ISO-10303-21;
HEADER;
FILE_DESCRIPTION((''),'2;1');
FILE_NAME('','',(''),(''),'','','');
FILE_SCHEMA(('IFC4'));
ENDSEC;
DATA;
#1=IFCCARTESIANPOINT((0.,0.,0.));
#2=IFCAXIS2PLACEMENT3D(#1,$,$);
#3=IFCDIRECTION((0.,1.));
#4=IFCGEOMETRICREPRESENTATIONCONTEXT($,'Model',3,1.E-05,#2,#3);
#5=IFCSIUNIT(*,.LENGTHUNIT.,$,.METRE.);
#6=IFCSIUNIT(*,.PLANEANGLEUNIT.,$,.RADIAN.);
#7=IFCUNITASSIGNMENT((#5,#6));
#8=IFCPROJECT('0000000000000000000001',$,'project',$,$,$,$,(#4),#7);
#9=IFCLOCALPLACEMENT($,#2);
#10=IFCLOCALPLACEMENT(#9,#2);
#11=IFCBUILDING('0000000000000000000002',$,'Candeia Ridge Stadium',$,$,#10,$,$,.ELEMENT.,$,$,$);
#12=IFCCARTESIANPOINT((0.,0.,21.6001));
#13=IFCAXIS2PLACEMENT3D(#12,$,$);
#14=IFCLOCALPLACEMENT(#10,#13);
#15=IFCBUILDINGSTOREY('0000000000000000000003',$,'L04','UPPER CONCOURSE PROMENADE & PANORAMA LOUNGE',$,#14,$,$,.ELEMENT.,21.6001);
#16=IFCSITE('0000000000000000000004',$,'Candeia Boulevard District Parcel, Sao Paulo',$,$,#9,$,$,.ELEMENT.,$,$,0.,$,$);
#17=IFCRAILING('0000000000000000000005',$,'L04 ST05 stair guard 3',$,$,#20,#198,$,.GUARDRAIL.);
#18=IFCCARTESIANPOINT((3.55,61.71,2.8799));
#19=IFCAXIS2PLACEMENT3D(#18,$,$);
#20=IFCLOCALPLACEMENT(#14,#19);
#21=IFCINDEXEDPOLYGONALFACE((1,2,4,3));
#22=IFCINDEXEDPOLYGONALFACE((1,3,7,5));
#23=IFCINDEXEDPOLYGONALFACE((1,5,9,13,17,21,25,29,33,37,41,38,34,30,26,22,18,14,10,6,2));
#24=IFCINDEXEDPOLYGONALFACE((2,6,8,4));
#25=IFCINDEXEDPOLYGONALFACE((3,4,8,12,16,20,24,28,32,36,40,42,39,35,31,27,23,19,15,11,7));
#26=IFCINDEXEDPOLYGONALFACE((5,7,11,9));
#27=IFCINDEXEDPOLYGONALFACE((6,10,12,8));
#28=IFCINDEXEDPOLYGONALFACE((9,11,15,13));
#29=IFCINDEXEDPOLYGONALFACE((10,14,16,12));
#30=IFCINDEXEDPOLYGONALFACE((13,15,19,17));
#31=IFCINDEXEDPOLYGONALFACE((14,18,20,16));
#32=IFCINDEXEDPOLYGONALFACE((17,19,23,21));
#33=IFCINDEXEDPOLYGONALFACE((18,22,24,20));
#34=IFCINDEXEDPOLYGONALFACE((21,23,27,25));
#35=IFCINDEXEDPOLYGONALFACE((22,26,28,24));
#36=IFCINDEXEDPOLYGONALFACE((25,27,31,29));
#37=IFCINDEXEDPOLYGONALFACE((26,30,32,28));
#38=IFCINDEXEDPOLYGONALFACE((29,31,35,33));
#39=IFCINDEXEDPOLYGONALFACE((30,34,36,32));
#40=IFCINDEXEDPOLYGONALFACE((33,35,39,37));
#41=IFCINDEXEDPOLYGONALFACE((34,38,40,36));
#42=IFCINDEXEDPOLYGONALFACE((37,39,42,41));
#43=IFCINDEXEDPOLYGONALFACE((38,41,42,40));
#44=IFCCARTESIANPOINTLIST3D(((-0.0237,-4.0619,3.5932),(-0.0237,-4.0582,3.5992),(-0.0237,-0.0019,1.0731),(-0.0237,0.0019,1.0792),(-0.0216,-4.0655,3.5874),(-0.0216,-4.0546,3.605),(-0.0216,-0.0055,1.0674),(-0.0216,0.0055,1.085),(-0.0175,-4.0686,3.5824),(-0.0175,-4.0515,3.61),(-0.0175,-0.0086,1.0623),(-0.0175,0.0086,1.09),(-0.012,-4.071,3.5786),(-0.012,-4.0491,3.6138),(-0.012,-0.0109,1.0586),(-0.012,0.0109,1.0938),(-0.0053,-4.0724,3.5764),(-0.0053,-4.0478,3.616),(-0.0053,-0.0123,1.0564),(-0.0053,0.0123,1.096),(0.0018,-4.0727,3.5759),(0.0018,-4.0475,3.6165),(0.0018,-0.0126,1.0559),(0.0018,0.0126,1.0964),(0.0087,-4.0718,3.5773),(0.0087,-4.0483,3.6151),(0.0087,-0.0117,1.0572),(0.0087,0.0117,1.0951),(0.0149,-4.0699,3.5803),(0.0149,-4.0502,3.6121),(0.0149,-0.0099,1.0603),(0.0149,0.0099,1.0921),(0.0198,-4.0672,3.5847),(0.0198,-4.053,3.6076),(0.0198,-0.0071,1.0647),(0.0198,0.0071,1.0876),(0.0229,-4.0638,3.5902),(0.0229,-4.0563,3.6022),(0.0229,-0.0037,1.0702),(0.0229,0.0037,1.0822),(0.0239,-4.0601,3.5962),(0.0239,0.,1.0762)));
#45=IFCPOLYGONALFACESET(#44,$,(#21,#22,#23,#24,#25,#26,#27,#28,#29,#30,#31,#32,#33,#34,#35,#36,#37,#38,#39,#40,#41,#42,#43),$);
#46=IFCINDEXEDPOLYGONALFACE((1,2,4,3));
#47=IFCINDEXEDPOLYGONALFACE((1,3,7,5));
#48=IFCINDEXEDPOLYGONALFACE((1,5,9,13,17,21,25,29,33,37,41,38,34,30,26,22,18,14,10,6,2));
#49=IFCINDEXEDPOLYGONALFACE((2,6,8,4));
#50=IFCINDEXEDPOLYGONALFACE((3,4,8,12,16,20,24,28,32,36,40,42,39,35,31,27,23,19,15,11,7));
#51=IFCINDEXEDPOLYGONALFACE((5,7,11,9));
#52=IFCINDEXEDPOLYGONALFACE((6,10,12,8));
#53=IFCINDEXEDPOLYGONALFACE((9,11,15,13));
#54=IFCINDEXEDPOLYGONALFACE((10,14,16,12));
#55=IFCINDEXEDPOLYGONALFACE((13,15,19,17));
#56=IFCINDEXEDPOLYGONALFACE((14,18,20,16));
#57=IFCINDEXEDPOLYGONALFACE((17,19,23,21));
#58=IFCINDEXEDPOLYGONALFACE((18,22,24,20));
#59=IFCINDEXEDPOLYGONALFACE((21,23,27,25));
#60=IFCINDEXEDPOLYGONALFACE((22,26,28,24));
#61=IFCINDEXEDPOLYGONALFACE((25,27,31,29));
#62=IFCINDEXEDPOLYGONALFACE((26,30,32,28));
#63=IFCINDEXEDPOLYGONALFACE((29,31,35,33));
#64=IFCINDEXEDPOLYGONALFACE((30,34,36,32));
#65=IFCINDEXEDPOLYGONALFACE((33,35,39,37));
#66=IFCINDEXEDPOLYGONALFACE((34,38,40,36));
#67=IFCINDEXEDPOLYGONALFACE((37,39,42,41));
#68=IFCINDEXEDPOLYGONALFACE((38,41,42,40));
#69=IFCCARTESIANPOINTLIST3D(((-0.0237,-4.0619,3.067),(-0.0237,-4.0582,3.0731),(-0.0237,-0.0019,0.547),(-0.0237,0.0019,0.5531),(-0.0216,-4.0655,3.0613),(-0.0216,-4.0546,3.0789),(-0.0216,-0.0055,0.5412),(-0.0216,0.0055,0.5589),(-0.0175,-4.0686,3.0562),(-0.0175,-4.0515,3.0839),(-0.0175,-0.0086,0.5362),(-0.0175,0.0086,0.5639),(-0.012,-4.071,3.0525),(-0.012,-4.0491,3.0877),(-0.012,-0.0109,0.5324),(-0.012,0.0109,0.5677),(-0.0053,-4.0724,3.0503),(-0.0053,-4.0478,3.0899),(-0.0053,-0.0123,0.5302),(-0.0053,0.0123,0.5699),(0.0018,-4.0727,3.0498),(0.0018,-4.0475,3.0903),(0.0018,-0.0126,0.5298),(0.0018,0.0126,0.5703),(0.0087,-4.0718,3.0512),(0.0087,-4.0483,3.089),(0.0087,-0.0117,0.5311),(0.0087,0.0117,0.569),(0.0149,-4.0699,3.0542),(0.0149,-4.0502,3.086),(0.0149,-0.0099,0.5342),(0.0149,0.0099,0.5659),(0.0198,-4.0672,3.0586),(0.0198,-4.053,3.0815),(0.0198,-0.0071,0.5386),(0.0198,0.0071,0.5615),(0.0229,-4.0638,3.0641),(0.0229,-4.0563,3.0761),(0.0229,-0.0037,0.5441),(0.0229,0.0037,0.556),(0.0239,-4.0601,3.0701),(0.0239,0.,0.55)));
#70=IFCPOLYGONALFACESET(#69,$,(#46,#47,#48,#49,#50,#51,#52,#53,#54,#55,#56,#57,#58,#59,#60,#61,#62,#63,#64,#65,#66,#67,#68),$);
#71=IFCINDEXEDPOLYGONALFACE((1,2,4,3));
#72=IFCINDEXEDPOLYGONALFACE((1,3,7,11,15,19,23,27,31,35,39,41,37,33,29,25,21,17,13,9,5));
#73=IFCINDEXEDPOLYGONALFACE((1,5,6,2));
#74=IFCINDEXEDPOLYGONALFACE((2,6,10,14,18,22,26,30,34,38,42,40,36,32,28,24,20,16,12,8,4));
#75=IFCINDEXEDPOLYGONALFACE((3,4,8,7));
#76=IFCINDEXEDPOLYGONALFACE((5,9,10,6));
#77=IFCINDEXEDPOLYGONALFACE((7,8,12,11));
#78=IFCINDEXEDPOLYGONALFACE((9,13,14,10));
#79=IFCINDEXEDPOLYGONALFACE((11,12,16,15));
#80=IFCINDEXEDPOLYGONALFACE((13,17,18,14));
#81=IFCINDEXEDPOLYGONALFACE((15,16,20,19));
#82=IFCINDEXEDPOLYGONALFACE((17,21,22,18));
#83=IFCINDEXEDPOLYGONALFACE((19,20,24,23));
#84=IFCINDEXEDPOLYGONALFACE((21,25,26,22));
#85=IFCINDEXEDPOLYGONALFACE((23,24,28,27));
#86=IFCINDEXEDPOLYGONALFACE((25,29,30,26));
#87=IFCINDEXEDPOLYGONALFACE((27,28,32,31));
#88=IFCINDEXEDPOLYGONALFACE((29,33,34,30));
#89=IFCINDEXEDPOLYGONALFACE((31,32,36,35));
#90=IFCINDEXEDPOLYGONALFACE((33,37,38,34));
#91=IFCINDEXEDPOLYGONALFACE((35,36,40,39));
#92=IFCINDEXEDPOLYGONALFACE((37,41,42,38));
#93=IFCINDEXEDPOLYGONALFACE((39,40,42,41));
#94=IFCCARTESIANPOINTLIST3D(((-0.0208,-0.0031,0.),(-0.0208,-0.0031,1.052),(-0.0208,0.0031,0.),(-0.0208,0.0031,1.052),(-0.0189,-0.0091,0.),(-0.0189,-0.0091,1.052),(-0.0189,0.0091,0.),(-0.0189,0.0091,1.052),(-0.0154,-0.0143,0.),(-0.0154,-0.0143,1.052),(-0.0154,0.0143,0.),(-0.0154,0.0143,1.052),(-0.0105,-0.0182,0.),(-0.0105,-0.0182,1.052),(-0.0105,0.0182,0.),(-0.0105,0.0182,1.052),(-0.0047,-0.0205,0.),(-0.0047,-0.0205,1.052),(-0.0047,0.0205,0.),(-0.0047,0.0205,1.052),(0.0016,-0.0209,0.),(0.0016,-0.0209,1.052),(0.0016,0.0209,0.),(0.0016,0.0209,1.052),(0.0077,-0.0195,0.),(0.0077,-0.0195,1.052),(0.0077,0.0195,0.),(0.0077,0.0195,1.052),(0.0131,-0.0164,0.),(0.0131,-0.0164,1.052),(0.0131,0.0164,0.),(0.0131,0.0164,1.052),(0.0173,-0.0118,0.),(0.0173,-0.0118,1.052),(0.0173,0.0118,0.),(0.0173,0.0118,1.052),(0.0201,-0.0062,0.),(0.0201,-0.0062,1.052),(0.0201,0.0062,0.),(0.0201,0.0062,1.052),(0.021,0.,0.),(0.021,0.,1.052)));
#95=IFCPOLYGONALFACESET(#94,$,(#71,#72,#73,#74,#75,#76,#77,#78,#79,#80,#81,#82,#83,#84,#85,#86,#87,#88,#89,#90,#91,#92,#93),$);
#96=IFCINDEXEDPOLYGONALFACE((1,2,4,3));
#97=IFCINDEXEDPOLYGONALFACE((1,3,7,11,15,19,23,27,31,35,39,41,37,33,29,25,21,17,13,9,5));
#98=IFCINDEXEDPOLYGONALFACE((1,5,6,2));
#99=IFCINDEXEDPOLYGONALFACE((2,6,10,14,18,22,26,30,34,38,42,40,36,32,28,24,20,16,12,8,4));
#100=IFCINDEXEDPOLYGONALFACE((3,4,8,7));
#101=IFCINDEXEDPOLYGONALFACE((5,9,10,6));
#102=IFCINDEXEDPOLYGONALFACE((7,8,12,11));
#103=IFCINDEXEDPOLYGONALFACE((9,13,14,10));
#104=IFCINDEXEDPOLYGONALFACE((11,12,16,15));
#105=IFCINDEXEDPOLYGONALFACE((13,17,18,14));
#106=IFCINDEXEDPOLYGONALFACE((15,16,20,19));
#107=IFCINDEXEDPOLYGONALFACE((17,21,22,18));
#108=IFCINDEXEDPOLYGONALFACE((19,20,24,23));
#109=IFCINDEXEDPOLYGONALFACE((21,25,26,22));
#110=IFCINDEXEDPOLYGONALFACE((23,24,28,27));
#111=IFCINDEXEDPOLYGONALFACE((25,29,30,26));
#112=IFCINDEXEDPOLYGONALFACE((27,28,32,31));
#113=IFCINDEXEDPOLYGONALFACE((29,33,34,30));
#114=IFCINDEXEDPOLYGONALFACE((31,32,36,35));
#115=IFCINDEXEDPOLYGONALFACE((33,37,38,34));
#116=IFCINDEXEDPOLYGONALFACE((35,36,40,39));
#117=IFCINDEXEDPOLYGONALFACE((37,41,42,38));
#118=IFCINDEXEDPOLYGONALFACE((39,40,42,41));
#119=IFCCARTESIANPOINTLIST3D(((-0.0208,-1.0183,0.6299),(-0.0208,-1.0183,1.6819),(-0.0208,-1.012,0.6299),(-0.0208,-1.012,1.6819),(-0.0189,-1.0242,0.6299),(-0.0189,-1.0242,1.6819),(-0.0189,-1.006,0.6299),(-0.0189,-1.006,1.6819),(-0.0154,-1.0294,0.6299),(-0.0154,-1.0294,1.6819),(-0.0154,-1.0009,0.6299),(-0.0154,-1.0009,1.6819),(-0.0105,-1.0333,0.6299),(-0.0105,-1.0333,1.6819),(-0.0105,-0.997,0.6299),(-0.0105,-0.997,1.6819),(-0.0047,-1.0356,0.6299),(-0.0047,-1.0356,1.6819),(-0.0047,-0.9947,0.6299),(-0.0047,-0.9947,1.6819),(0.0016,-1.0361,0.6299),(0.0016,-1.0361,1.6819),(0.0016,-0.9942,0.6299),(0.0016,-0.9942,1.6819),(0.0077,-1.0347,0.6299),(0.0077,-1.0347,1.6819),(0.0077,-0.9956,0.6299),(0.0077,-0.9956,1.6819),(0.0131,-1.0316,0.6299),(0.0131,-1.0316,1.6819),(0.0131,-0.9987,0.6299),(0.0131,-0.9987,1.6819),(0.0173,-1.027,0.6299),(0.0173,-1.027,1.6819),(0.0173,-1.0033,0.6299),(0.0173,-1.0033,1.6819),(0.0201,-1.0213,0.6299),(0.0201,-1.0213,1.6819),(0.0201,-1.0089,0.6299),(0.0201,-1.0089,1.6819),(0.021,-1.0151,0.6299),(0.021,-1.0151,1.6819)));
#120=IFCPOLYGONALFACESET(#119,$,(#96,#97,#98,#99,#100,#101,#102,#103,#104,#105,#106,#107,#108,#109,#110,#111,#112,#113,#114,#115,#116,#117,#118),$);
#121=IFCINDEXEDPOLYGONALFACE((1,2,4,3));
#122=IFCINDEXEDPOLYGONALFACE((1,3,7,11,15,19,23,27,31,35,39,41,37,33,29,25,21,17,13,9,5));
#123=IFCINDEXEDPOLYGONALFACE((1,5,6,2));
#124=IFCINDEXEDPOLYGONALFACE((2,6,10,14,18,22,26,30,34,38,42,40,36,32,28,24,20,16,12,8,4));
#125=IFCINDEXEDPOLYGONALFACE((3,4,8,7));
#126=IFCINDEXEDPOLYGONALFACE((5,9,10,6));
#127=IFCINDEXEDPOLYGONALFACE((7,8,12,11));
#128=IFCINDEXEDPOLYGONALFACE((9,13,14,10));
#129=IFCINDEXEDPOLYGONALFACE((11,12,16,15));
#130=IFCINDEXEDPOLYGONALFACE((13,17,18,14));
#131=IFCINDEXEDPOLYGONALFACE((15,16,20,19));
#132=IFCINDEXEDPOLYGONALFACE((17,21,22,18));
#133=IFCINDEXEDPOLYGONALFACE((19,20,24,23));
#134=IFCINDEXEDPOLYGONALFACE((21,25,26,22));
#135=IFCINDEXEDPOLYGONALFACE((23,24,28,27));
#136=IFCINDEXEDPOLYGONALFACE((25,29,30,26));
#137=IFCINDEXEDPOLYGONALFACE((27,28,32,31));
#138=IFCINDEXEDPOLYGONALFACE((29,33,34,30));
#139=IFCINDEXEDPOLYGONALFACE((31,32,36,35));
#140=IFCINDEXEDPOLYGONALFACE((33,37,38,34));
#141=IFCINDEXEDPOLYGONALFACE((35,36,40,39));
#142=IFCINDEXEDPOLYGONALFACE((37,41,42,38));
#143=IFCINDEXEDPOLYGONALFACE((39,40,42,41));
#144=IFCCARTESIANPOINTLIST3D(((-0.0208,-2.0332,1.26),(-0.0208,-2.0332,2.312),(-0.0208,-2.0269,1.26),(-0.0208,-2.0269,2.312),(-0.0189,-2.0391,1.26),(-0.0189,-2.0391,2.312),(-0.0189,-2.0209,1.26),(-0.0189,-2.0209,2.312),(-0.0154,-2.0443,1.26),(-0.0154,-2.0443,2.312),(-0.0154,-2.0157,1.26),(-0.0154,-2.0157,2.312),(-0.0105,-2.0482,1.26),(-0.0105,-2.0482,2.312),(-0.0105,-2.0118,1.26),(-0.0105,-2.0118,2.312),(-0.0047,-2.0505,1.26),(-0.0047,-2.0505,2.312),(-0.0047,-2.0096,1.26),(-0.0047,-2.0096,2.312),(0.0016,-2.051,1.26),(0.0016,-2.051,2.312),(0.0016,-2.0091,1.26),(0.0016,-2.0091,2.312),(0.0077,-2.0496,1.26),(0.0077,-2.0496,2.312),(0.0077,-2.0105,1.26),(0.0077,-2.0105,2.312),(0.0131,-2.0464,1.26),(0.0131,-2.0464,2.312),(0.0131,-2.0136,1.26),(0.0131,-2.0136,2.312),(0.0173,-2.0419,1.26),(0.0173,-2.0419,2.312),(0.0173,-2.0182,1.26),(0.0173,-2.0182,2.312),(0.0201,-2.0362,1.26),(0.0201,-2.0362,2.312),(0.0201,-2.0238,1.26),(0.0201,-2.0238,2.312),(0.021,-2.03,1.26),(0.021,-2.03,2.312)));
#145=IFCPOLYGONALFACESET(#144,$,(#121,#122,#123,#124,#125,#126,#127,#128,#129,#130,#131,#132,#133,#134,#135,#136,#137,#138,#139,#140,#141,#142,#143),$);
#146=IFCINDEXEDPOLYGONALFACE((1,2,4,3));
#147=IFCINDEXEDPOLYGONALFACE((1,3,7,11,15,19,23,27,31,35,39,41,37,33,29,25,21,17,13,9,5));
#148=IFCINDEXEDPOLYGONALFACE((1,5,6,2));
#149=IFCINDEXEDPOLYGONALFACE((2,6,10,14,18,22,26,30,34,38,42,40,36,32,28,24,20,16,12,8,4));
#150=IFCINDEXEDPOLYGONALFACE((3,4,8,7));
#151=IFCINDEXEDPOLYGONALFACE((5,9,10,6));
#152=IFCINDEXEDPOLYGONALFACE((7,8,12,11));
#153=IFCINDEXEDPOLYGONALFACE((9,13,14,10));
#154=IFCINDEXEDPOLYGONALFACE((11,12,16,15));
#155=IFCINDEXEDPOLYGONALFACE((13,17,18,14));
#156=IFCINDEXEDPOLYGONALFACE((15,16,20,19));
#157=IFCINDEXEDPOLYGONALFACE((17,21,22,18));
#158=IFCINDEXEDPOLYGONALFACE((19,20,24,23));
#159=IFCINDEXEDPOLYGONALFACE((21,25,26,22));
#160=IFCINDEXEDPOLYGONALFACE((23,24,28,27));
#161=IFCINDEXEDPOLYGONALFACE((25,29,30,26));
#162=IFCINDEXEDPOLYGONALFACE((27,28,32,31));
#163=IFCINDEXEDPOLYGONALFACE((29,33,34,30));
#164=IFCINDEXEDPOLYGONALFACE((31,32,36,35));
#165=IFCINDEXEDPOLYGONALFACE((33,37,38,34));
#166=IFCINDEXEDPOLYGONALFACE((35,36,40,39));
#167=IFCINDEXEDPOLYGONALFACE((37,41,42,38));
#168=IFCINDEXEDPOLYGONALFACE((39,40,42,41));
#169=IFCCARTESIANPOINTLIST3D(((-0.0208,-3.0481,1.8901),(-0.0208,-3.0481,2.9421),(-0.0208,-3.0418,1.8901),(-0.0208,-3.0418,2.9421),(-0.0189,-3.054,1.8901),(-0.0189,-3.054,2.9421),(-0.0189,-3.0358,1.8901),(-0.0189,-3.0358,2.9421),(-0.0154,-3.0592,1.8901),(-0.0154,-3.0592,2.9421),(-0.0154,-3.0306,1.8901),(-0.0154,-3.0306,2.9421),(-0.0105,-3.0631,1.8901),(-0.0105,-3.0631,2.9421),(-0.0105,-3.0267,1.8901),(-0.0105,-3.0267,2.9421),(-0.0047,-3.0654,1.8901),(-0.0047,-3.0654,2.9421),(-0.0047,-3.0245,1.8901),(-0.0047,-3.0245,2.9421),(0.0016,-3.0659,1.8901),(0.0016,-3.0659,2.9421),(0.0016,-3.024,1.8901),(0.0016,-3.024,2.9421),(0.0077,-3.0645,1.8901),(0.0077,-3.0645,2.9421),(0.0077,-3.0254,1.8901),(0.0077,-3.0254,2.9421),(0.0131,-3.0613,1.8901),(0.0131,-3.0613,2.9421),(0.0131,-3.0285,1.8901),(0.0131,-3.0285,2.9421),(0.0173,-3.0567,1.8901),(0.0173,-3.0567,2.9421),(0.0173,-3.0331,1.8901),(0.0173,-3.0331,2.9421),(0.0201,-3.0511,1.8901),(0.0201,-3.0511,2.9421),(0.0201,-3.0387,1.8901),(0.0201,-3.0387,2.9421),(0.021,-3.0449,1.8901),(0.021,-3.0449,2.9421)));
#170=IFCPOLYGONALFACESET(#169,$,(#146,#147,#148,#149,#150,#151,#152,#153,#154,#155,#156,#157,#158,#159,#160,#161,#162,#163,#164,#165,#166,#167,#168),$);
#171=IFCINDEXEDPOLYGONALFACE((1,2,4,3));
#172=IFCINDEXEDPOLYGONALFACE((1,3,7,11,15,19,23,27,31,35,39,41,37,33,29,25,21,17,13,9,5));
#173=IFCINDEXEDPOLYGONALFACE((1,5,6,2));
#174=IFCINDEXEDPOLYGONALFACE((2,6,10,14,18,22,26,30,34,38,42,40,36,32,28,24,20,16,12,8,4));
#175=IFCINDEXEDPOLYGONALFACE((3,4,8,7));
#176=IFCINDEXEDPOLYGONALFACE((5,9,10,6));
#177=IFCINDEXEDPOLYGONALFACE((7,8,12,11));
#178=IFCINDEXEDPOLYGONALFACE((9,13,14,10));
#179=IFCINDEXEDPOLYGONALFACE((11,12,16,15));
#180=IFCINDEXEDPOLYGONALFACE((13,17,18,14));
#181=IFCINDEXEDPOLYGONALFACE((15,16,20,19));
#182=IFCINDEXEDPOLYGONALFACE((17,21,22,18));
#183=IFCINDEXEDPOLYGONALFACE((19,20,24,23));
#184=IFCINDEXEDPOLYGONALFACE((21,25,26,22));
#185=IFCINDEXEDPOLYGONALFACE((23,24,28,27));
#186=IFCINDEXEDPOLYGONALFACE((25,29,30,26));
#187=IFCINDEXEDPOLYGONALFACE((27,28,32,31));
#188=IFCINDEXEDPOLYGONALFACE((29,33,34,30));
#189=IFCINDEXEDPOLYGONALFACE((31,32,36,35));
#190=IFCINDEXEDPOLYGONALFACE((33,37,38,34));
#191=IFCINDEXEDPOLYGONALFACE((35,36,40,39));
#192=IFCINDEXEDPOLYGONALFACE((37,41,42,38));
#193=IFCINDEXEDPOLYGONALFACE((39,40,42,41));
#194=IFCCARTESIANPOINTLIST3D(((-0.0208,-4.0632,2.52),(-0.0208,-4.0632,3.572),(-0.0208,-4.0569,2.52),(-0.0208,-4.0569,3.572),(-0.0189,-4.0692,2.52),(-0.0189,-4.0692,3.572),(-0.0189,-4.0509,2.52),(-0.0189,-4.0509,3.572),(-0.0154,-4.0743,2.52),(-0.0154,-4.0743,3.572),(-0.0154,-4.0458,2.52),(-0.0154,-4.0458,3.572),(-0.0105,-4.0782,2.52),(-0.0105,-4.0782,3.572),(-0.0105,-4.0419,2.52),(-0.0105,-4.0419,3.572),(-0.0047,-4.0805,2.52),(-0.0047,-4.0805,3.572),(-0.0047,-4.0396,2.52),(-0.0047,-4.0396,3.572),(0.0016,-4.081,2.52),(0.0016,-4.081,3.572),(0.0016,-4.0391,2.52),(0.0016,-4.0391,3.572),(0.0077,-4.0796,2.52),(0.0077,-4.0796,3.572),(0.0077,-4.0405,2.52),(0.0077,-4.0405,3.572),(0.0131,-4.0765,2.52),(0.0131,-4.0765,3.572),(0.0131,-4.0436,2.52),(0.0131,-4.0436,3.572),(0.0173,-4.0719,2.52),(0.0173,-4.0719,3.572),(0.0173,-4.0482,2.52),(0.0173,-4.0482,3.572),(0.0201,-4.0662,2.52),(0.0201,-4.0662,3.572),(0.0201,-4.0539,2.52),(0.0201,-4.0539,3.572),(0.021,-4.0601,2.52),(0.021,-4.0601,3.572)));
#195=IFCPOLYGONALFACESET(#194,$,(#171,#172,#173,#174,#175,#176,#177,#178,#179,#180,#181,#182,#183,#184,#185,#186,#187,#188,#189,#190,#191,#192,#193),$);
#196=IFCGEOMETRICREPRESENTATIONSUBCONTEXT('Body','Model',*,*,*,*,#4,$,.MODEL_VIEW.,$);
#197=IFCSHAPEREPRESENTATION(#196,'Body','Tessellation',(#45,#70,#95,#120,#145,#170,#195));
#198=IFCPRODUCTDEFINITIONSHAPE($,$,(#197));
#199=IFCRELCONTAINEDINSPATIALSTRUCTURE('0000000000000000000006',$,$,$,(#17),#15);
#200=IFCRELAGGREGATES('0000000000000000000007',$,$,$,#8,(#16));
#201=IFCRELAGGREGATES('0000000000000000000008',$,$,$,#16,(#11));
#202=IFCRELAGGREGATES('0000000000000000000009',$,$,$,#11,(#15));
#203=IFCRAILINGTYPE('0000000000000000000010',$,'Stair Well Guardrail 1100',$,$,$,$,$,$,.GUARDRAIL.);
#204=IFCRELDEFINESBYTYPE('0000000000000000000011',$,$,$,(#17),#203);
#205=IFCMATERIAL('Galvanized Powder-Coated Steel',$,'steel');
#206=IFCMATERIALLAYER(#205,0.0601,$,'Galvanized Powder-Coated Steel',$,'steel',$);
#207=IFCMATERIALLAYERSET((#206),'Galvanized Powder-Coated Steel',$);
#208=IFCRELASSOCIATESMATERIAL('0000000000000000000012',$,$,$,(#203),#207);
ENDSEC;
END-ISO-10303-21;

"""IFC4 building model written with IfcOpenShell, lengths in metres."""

from ifc_helpers import new_model, si_unit, direction, frame, origin, origin_2d, place, context, subcontext, project, spatial, circle, extrude, material, layer, layer_set, type_object, element, save


model = new_model("IFC4")

# Units and contexts
model_context = context("Model", 3, precision=1e-05, world=origin(), true_north=direction((0.0, 1.0)))
body_context = subcontext(model_context, "Body", "Model", "MODEL_VIEW")
ifc_project = project(units=[si_unit("LENGTHUNIT", "METRE"), si_unit("PLANEANGLEUNIT", "RADIAN")], contexts=[model_context])

# Site, building, storey
site_placement = place(None, origin())
site = spatial("IfcSite", under=ifc_project, at=site_placement, Name="Candeia Boulevard District Parcel, Sao Paulo", CompositionType="ELEMENT", RefElevation=0.0)
building_placement = place(site_placement, origin())
building = spatial("IfcBuilding", under=site, at=building_placement, Name="Candeia Ridge Stadium", CompositionType="ELEMENT")
storey_placement = place(building_placement, frame((0.0, 0.0, 21.6001)))
storey = spatial("IfcBuildingStorey", under=building, at=storey_placement, Name="L04", Description="UPPER CONCOURSE PROMENADE & PANORAMA LOUNGE", CompositionType="ELEMENT", Elevation=21.6001)

# Railing
ifc_material_1 = material(Name="Galvanized Powder-Coated Steel", Category="steel")
ifc_layer_1 = layer(ifc_material_1, 0.0601, Name="Galvanized Powder-Coated Steel", Category="steel")
ifc_layer_set_1 = layer_set([ifc_layer_1], Name="Galvanized Powder-Coated Steel")
railing_type_1 = type_object("IfcRailingType", Name="Stair Well Guardrail 1100", PredefinedType="GUARDRAIL", material=ifc_layer_set_1)
railing_1_placement = place(storey_placement, frame((3.55, 61.71, 2.8799)))
element("IfcRailing", 1, at=railing_1_placement, inside=storey, type_object=railing_type_1, Name="L04 ST05 stair guard 3", PredefinedType="GUARDRAIL", context=body_context, shape_type="SweptSolid", body=[
    extrude(circle(Radius=0.0239, at=origin_2d()), frame((0.0, 0.0, 1.0762), z_axis=(0.0, -0.849642, 0.52736), x_axis=(1.0, 0.0, 0.0)), (0.0, 0.0, 1.0), 4.7786),
    extrude(circle(Radius=0.0239, at=origin_2d()), frame((0.0, 0.0, 0.55), z_axis=(0.0, -0.849642, 0.52736), x_axis=(1.0, 0.0, 0.0)), (0.0, 0.0, 1.0), 4.7786),
    extrude(circle(Radius=0.021, at=origin_2d()), origin(), (0.0, 0.0, 1.0), 1.052),
    extrude(circle(Radius=0.021, at=origin_2d()), frame((0.0, -1.0151, 0.6299)), (0.0, 0.0, 1.0), 1.052),
    extrude(circle(Radius=0.021, at=origin_2d()), frame((0.0, -2.03, 1.26)), (0.0, 0.0, 1.0), 1.052),
    extrude(circle(Radius=0.021, at=origin_2d()), frame((0.0, -3.0449, 1.8901)), (0.0, 0.0, 1.0), 1.052),
    extrude(circle(Radius=0.021, at=origin_2d()), frame((0.0, -4.0601, 2.52)), (0.0, 0.0, 1.0), 1.052),
])

save(model, "model.ifc")
